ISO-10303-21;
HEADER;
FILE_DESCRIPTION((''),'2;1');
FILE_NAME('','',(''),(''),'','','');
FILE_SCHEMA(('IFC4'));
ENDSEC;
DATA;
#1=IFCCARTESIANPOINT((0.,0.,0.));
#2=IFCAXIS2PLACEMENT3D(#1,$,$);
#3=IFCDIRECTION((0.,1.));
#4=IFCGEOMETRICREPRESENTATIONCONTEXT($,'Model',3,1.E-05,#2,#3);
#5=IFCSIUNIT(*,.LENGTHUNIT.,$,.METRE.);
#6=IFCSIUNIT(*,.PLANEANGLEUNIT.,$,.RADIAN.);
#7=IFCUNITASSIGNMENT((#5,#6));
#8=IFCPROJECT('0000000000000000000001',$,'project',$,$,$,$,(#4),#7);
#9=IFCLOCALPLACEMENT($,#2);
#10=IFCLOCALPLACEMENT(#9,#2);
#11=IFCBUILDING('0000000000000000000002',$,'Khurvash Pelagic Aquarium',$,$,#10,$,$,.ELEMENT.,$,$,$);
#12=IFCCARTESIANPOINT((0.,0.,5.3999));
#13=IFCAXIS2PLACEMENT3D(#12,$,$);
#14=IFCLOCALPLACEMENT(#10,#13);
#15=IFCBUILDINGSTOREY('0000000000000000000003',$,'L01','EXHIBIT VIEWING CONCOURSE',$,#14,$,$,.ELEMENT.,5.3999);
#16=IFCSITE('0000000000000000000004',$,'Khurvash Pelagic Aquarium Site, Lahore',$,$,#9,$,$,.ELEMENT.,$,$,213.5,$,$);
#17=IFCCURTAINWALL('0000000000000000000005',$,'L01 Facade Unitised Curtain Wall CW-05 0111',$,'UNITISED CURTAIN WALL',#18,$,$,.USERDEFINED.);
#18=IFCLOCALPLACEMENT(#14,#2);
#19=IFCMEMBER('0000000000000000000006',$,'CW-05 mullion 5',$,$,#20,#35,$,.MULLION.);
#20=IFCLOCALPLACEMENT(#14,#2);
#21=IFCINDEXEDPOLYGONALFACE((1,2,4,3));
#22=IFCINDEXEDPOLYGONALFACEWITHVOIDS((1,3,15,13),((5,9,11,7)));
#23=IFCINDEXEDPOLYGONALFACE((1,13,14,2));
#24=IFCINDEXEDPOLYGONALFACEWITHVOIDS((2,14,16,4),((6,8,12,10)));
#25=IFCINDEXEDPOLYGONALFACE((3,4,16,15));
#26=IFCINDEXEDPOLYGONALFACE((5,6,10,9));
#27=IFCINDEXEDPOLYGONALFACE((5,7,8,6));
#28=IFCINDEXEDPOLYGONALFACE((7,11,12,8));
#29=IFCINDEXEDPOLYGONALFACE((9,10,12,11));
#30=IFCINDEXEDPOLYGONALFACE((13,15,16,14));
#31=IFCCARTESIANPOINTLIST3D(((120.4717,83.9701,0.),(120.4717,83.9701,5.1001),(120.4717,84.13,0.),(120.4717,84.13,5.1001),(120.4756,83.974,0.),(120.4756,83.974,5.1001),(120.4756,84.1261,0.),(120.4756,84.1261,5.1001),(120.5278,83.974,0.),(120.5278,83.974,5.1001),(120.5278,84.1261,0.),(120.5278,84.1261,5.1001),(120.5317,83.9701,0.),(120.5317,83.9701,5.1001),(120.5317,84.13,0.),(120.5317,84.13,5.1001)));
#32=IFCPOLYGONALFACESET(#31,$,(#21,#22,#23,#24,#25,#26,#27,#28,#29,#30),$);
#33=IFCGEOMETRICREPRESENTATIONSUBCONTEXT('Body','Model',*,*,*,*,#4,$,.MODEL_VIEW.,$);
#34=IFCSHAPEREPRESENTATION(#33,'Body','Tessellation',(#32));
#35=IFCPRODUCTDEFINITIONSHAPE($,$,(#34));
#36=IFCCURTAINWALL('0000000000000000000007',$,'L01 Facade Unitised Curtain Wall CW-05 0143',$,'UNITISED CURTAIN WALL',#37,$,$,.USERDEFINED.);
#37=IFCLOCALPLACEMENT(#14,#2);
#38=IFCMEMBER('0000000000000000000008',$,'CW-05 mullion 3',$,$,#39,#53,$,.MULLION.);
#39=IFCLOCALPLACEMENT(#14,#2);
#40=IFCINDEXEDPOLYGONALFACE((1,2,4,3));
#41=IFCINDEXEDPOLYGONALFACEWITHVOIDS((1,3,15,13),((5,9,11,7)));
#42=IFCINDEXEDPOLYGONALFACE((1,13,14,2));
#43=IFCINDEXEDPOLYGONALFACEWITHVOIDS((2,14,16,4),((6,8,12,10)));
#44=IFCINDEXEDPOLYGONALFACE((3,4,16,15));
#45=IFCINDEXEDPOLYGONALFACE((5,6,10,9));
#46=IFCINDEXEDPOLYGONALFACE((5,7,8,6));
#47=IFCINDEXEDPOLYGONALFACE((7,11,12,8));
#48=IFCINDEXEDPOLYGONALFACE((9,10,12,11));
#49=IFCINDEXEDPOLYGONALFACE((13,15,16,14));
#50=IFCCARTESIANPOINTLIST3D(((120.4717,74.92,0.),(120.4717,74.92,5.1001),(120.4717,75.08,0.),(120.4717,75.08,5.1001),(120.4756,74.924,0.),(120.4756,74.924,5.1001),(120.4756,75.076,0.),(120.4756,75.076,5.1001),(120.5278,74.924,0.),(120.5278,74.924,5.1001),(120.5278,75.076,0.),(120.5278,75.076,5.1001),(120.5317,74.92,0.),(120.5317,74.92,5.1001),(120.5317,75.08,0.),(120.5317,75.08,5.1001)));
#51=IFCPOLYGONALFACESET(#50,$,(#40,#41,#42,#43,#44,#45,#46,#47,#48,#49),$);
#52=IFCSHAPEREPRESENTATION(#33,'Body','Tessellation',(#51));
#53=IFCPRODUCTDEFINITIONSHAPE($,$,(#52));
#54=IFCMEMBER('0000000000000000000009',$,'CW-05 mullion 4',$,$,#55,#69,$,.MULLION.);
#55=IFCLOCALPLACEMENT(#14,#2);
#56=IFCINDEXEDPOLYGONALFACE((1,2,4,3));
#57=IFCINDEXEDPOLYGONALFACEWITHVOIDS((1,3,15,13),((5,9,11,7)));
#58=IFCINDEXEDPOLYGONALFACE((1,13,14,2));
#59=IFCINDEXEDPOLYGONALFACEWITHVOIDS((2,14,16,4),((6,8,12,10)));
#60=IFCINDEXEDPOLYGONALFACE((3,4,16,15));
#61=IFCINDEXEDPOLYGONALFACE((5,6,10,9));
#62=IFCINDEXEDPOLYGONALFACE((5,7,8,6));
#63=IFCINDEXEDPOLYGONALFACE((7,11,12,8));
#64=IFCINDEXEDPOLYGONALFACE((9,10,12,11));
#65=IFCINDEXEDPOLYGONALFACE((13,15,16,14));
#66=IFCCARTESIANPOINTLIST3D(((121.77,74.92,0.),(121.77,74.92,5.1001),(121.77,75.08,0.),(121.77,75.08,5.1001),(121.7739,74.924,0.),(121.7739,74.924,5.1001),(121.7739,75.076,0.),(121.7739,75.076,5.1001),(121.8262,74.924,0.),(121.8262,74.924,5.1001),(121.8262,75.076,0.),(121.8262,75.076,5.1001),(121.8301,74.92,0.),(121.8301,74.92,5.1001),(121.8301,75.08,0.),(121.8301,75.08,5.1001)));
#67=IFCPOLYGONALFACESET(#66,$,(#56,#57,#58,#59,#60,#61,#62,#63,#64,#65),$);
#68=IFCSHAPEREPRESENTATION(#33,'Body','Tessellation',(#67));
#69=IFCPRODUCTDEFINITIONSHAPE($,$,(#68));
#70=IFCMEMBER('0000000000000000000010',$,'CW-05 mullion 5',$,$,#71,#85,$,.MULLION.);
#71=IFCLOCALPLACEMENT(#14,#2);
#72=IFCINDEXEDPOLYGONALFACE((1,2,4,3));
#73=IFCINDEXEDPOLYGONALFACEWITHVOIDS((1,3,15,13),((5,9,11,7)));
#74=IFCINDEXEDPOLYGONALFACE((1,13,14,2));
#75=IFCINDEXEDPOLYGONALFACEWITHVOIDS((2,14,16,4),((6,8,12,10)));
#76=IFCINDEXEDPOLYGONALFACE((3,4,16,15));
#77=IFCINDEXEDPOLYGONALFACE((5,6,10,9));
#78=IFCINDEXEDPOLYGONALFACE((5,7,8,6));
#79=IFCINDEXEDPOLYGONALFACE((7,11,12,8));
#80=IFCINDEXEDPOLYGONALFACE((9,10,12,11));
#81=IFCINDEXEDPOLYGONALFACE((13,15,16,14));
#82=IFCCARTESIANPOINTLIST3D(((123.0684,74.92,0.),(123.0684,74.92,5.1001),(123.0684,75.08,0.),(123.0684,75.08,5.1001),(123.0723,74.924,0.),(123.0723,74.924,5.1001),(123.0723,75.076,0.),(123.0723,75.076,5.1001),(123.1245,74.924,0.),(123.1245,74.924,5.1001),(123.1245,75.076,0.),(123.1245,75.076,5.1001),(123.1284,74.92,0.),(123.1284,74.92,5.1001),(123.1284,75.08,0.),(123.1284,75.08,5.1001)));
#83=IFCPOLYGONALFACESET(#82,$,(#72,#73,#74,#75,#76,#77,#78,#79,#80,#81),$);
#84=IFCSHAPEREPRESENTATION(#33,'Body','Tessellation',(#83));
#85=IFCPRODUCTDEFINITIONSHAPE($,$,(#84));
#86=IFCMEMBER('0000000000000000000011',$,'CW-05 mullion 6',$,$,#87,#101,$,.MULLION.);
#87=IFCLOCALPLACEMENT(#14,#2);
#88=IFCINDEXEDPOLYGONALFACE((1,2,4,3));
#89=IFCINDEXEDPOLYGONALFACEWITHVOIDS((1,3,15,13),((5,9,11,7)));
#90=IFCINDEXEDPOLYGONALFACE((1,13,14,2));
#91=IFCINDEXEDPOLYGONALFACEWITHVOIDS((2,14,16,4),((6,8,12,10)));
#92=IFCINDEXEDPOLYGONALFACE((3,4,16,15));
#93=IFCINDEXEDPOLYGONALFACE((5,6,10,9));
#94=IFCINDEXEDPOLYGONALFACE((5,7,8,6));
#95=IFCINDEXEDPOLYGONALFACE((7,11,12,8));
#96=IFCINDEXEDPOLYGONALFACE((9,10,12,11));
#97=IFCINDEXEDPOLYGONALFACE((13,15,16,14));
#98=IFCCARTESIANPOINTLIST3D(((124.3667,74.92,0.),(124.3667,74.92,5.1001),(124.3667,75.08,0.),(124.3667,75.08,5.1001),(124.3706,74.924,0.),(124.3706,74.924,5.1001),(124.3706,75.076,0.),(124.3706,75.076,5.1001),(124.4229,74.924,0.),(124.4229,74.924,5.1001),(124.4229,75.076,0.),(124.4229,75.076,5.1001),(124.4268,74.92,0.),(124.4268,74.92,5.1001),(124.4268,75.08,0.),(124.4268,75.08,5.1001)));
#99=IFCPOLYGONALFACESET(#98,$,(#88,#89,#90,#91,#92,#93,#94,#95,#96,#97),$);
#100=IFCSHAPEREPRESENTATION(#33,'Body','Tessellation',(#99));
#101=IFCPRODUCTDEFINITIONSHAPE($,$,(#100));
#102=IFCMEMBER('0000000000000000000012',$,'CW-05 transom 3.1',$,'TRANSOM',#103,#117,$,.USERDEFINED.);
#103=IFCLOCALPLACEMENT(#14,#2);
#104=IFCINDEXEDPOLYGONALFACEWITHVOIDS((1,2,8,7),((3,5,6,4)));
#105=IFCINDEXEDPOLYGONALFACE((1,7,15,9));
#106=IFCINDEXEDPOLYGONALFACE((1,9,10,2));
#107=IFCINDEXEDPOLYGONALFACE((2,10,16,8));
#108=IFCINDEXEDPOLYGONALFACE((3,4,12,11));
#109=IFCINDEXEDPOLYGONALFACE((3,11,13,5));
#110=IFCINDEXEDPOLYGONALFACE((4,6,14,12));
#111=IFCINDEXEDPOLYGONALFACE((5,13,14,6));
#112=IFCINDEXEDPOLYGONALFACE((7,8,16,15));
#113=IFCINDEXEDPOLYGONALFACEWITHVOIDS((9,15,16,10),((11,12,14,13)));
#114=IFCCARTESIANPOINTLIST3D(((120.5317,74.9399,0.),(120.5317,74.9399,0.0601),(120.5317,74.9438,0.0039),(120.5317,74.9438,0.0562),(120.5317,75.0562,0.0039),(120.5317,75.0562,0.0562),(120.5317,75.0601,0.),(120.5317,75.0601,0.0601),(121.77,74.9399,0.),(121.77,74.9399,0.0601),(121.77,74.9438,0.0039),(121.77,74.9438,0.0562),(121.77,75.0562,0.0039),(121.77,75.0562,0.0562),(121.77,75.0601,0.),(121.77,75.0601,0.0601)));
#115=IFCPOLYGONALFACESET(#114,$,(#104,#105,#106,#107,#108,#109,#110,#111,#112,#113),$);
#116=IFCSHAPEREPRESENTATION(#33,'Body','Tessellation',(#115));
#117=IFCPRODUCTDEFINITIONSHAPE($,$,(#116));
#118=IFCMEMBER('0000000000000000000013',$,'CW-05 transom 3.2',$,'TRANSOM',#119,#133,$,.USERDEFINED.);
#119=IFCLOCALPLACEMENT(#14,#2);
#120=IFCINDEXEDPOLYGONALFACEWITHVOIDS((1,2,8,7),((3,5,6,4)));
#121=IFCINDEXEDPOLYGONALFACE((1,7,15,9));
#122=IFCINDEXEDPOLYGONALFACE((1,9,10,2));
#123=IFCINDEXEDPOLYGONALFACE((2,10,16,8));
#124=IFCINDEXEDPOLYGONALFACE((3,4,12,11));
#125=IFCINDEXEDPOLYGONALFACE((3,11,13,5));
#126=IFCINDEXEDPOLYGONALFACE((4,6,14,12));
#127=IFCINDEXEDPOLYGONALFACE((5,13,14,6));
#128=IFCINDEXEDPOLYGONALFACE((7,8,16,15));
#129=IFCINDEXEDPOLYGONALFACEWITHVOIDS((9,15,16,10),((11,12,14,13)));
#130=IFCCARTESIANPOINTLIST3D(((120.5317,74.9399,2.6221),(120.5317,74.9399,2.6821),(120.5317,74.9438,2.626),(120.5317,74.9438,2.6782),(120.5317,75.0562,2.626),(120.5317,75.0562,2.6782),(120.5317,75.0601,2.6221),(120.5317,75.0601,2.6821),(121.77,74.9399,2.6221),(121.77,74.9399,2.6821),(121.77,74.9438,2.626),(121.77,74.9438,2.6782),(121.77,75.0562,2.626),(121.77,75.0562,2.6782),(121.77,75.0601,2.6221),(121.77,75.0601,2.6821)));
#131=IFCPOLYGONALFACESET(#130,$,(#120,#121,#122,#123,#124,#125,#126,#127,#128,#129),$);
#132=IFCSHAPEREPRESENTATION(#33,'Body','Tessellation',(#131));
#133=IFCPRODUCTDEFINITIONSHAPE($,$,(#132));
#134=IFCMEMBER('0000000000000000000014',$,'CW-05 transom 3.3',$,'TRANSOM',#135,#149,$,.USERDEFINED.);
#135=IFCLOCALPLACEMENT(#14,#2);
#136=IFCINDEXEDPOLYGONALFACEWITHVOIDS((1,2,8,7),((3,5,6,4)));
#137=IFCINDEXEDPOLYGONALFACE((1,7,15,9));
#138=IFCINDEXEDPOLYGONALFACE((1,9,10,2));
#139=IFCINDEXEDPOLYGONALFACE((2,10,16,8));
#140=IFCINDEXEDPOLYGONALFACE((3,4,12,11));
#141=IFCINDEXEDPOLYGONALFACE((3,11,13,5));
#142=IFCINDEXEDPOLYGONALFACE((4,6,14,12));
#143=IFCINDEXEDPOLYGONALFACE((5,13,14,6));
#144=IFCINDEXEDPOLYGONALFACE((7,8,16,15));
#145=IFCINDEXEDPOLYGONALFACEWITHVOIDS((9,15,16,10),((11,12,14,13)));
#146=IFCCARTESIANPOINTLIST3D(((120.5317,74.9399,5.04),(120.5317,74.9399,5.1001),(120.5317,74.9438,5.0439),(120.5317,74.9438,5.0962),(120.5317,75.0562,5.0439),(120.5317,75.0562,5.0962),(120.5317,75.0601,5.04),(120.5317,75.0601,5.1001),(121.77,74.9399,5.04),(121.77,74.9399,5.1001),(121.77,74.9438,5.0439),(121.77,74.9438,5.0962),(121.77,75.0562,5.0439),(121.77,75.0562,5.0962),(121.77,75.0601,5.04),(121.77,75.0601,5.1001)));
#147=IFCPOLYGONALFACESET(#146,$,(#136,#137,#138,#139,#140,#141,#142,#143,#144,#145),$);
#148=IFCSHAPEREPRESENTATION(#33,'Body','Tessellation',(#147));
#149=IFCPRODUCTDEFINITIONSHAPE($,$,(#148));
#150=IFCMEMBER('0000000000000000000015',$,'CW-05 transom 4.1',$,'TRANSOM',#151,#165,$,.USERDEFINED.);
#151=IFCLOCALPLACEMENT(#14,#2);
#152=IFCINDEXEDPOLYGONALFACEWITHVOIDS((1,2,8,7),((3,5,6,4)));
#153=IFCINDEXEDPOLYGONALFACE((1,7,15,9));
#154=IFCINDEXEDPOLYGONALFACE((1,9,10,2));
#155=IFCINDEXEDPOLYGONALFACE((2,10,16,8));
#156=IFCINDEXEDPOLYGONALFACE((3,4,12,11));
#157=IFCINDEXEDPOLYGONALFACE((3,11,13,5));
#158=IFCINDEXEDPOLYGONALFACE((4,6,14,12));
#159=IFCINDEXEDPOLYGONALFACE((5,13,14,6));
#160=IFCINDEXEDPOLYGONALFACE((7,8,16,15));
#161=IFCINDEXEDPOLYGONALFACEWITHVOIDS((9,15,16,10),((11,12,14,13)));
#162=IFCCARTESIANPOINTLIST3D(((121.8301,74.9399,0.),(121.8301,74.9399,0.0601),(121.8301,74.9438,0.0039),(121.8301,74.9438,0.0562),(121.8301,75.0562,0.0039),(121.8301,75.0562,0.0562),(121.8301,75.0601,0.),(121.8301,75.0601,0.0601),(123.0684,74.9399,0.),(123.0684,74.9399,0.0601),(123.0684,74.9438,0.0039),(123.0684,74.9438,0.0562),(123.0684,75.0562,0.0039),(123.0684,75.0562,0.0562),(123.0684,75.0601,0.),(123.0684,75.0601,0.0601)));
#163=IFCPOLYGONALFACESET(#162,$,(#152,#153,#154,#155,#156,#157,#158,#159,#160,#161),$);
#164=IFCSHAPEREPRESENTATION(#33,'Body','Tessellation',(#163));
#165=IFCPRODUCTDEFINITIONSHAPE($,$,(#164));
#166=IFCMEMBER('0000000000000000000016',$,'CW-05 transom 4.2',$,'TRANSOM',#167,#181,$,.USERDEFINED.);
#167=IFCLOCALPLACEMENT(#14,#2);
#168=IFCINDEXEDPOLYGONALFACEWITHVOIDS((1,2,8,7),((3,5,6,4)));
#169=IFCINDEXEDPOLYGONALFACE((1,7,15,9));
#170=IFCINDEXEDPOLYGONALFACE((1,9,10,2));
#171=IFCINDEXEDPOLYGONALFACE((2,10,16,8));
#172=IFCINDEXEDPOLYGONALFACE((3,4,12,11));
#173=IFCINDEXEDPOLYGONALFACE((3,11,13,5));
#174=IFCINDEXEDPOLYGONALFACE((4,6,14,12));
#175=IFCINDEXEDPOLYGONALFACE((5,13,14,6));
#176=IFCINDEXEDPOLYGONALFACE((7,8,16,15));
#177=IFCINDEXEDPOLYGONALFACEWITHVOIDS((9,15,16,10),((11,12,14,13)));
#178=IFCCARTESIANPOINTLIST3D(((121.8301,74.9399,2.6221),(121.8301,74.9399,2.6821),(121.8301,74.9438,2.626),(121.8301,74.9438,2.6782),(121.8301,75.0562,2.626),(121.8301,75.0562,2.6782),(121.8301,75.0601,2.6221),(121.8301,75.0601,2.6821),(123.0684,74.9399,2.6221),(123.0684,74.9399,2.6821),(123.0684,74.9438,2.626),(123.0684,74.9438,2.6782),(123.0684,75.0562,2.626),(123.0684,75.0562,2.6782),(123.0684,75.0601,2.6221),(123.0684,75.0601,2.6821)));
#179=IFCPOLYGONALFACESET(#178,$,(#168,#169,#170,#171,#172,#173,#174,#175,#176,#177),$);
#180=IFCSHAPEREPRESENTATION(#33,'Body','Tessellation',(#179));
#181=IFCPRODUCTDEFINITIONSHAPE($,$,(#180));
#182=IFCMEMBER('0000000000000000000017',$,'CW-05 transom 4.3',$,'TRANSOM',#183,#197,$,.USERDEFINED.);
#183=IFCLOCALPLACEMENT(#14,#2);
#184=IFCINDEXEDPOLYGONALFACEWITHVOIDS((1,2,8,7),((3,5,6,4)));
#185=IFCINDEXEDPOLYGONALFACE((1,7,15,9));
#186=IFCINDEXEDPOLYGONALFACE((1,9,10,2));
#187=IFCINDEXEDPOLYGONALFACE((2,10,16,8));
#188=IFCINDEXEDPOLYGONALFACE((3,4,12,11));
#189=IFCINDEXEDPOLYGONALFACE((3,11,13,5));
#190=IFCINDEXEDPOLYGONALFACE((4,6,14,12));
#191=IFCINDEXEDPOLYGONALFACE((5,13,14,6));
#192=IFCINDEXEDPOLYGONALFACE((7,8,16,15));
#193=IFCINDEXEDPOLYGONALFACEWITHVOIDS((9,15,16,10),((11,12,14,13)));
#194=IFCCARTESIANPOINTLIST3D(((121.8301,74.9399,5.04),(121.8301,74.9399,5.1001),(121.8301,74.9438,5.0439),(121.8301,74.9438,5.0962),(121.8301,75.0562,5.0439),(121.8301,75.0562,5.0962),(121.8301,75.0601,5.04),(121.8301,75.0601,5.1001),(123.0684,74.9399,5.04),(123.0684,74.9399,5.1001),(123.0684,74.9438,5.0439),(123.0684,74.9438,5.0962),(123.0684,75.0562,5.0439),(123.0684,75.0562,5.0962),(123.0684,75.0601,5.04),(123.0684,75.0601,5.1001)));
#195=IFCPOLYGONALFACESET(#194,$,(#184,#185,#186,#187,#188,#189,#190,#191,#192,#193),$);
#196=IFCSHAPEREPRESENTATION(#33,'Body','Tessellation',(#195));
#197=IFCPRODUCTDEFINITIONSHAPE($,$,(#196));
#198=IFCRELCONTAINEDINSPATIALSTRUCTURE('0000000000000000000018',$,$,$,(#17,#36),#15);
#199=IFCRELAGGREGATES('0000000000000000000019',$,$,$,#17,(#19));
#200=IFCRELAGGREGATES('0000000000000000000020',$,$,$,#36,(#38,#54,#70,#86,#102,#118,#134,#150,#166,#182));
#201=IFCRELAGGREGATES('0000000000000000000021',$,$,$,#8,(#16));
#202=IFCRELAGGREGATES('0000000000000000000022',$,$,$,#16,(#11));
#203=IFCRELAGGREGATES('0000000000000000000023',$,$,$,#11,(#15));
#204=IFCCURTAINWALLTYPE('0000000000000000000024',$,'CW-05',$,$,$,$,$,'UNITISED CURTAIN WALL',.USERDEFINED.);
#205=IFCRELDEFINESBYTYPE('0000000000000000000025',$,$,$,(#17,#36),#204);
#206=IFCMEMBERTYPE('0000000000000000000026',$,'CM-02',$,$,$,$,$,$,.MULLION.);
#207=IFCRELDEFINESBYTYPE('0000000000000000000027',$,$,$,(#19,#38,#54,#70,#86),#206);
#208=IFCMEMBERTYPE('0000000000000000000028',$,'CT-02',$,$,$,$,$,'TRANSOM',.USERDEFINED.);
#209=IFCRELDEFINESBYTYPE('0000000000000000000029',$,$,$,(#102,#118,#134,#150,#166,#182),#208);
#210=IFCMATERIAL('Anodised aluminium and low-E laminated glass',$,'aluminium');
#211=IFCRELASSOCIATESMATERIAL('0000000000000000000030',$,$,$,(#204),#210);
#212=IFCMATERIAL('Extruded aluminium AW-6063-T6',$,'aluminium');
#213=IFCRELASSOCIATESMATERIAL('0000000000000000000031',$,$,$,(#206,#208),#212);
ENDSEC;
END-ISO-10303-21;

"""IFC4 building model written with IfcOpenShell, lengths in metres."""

from ifc_helpers import new_model, si_unit, direction, frame, origin, origin_2d, place, context, subcontext, project, spatial, hollow_rectangle, extrude, material, material_profile, profile_set, type_object, element, aggregate, save


model = new_model("IFC4")

# Units and contexts
model_context = context("Model", 3, precision=1e-05, world=origin(), true_north=direction((0.0, 1.0)))
body_context = subcontext(model_context, "Body", "Model", "MODEL_VIEW")
ifc_project = project(units=[si_unit("LENGTHUNIT", "METRE"), si_unit("PLANEANGLEUNIT", "RADIAN")], contexts=[model_context])

# Site, building, storey
site_placement = place(None, origin())
site = spatial("IfcSite", under=ifc_project, at=site_placement, Name="Khurvash Pelagic Aquarium Site, Lahore", CompositionType="ELEMENT", RefElevation=213.5)
building_placement = place(site_placement, origin())
building = spatial("IfcBuilding", under=site, at=building_placement, Name="Khurvash Pelagic Aquarium", CompositionType="ELEMENT")
storey_placement = place(building_placement, frame((0.0, 0.0, 5.3999)))
storey = spatial("IfcBuildingStorey", under=building, at=storey_placement, Name="L01", Description="EXHIBIT VIEWING CONCOURSE", CompositionType="ELEMENT", Elevation=5.3999)

# Curtain wall, member
ifc_material_1 = material(Name="Anodised aluminium and low-E laminated glass", Category="aluminium")
curtain_wall_type = type_object("IfcCurtainWallType", Name="CW-05", ElementType="UNITISED CURTAIN WALL", PredefinedType="USERDEFINED", material=ifc_material_1)
curtain_wall_1_placement = place(storey_placement, origin())
curtain_wall_1 = element("IfcCurtainWall", 1, at=curtain_wall_1_placement, inside=storey, type_object=curtain_wall_type, Name="L01 Facade Unitised Curtain Wall CW-05 0111", ObjectType="UNITISED CURTAIN WALL", PredefinedType="USERDEFINED")
ifc_material_2 = material(Name="Extruded aluminium AW-6063-T6", Category="aluminium")
ifc_material_profile_1 = material_profile(ifc_material_2, hollow_rectangle(XDim=0.0601, YDim=0.1599, WallThickness=0.0039, at=origin_2d()), Name="CWM60X160X4")
ifc_profile_set_1 = profile_set([ifc_material_profile_1], Name="Extruded aluminium AW-6063-T6")
member_type_1 = type_object("IfcMemberType", Name="CM-02", PredefinedType="MULLION", material=ifc_profile_set_1)
member_1_placement = place(storey_placement, frame((120.5017, 84.05, 0.0), z_axis=(0.0, 0.0, 1.0), x_axis=(-1.0, 0.0, 0.0)))
member_1 = element("IfcMember", 2, at=member_1_placement, type_object=member_type_1, Name="CW-05 mullion 5", PredefinedType="MULLION", context=body_context, shape_type="SweptSolid", body=[
    extrude(hollow_rectangle(XDim=0.0601, YDim=0.1599, WallThickness=0.0039, at=origin_2d()), origin(), (0.0, 0.0, 1.0), 5.1001),
])

# Curtain wall, members
curtain_wall_2_placement = place(storey_placement, origin())
curtain_wall_2 = element("IfcCurtainWall", 3, at=curtain_wall_2_placement, inside=storey, type_object=curtain_wall_type, Name="L01 Facade Unitised Curtain Wall CW-05 0143", ObjectType="UNITISED CURTAIN WALL", PredefinedType="USERDEFINED")
member_2_placement = place(storey_placement, frame((120.5017, 75.0, 0.0), z_axis=(0.0, 0.0, 1.0), x_axis=(1.0, 0.0, 0.0)))
member_2 = element("IfcMember", 4, at=member_2_placement, type_object=member_type_1, Name="CW-05 mullion 3", PredefinedType="MULLION", context=body_context, shape_type="SweptSolid", body=[
    extrude(hollow_rectangle(XDim=0.0601, YDim=0.1599, WallThickness=0.0039, at=origin_2d()), origin(), (0.0, 0.0, 1.0), 5.1001),
])
member_3_placement = place(storey_placement, frame((121.8, 75.0, 0.0), z_axis=(0.0, 0.0, 1.0), x_axis=(1.0, 0.0, 0.0)))
member_3 = element("IfcMember", 5, at=member_3_placement, type_object=member_type_1, Name="CW-05 mullion 4", PredefinedType="MULLION", context=body_context, shape_type="SweptSolid", body=[
    extrude(hollow_rectangle(XDim=0.0601, YDim=0.1599, WallThickness=0.0039, at=origin_2d()), origin(), (0.0, 0.0, 1.0), 5.1001),
])
member_4_placement = place(storey_placement, frame((123.0984, 75.0, 0.0), z_axis=(0.0, 0.0, 1.0), x_axis=(1.0, 0.0, 0.0)))
member_4 = element("IfcMember", 6, at=member_4_placement, type_object=member_type_1, Name="CW-05 mullion 5", PredefinedType="MULLION", context=body_context, shape_type="SweptSolid", body=[
    extrude(hollow_rectangle(XDim=0.0601, YDim=0.1599, WallThickness=0.0039, at=origin_2d()), origin(), (0.0, 0.0, 1.0), 5.1001),
])
member_5_placement = place(storey_placement, frame((124.3967, 75.0, 0.0), z_axis=(0.0, 0.0, 1.0), x_axis=(1.0, 0.0, 0.0)))
member_5 = element("IfcMember", 7, at=member_5_placement, type_object=member_type_1, Name="CW-05 mullion 6", PredefinedType="MULLION", context=body_context, shape_type="SweptSolid", body=[
    extrude(hollow_rectangle(XDim=0.0601, YDim=0.1599, WallThickness=0.0039, at=origin_2d()), origin(), (0.0, 0.0, 1.0), 5.1001),
])
ifc_material_profile_2 = material_profile(ifc_material_2, hollow_rectangle(XDim=0.1201, YDim=0.0601, WallThickness=0.0039, at=origin_2d()), Name="CWT120X60X4")
ifc_profile_set_2 = profile_set([ifc_material_profile_2], Name="Extruded aluminium AW-6063-T6")
member_type_2 = type_object("IfcMemberType", Name="CT-02", ElementType="TRANSOM", PredefinedType="USERDEFINED", material=ifc_profile_set_2)
member_6_placement = place(storey_placement, frame((120.5317, 75.0, 0.03), z_axis=(1.0, 0.0, 0.0), x_axis=(0.0, 1.0, 0.0)))
member_6 = element("IfcMember", 8, at=member_6_placement, type_object=member_type_2, Name="CW-05 transom 3.1", ObjectType="TRANSOM", PredefinedType="USERDEFINED", context=body_context, shape_type="SweptSolid", body=[
    extrude(hollow_rectangle(XDim=0.1201, YDim=0.0601, WallThickness=0.0039, at=origin_2d()), origin(), (0.0, 0.0, 1.0), 1.2383),
])
member_7_placement = place(storey_placement, frame((120.5317, 75.0, 2.6521), z_axis=(1.0, 0.0, 0.0), x_axis=(0.0, 1.0, 0.0)))
member_7 = element("IfcMember", 9, at=member_7_placement, type_object=member_type_2, Name="CW-05 transom 3.2", ObjectType="TRANSOM", PredefinedType="USERDEFINED", context=body_context, shape_type="SweptSolid", body=[
    extrude(hollow_rectangle(XDim=0.1201, YDim=0.0601, WallThickness=0.0039, at=origin_2d()), origin(), (0.0, 0.0, 1.0), 1.2383),
])
member_8_placement = place(storey_placement, frame((120.5317, 75.0, 5.0701), z_axis=(1.0, 0.0, 0.0), x_axis=(0.0, 1.0, 0.0)))
member_8 = element("IfcMember", 10, at=member_8_placement, type_object=member_type_2, Name="CW-05 transom 3.3", ObjectType="TRANSOM", PredefinedType="USERDEFINED", context=body_context, shape_type="SweptSolid", body=[
    extrude(hollow_rectangle(XDim=0.1201, YDim=0.0601, WallThickness=0.0039, at=origin_2d()), origin(), (0.0, 0.0, 1.0), 1.2383),
])
member_9_placement = place(storey_placement, frame((121.8301, 75.0, 0.03), z_axis=(1.0, 0.0, 0.0), x_axis=(0.0, 1.0, 0.0)))
member_9 = element("IfcMember", 11, at=member_9_placement, type_object=member_type_2, Name="CW-05 transom 4.1", ObjectType="TRANSOM", PredefinedType="USERDEFINED", context=body_context, shape_type="SweptSolid", body=[
    extrude(hollow_rectangle(XDim=0.1201, YDim=0.0601, WallThickness=0.0039, at=origin_2d()), origin(), (0.0, 0.0, 1.0), 1.2383),
])
member_10_placement = place(storey_placement, frame((121.8301, 75.0, 2.6521), z_axis=(1.0, 0.0, 0.0), x_axis=(0.0, 1.0, 0.0)))
member_10 = element("IfcMember", 12, at=member_10_placement, type_object=member_type_2, Name="CW-05 transom 4.2", ObjectType="TRANSOM", PredefinedType="USERDEFINED", context=body_context, shape_type="SweptSolid", body=[
    extrude(hollow_rectangle(XDim=0.1201, YDim=0.0601, WallThickness=0.0039, at=origin_2d()), origin(), (0.0, 0.0, 1.0), 1.2383),
])
member_11_placement = place(storey_placement, frame((121.8301, 75.0, 5.0701), z_axis=(1.0, 0.0, 0.0), x_axis=(0.0, 1.0, 0.0)))
member_11 = element("IfcMember", 13, at=member_11_placement, type_object=member_type_2, Name="CW-05 transom 4.3", ObjectType="TRANSOM", PredefinedType="USERDEFINED", context=body_context, shape_type="SweptSolid", body=[
    extrude(hollow_rectangle(XDim=0.1201, YDim=0.0601, WallThickness=0.0039, at=origin_2d()), origin(), (0.0, 0.0, 1.0), 1.2383),
])

aggregate(curtain_wall_1, [member_1])
aggregate(curtain_wall_2, [member_2, member_3, member_4, member_5, member_6, member_7, member_8, member_9, member_10, member_11])

save(model, "model.ifc")
